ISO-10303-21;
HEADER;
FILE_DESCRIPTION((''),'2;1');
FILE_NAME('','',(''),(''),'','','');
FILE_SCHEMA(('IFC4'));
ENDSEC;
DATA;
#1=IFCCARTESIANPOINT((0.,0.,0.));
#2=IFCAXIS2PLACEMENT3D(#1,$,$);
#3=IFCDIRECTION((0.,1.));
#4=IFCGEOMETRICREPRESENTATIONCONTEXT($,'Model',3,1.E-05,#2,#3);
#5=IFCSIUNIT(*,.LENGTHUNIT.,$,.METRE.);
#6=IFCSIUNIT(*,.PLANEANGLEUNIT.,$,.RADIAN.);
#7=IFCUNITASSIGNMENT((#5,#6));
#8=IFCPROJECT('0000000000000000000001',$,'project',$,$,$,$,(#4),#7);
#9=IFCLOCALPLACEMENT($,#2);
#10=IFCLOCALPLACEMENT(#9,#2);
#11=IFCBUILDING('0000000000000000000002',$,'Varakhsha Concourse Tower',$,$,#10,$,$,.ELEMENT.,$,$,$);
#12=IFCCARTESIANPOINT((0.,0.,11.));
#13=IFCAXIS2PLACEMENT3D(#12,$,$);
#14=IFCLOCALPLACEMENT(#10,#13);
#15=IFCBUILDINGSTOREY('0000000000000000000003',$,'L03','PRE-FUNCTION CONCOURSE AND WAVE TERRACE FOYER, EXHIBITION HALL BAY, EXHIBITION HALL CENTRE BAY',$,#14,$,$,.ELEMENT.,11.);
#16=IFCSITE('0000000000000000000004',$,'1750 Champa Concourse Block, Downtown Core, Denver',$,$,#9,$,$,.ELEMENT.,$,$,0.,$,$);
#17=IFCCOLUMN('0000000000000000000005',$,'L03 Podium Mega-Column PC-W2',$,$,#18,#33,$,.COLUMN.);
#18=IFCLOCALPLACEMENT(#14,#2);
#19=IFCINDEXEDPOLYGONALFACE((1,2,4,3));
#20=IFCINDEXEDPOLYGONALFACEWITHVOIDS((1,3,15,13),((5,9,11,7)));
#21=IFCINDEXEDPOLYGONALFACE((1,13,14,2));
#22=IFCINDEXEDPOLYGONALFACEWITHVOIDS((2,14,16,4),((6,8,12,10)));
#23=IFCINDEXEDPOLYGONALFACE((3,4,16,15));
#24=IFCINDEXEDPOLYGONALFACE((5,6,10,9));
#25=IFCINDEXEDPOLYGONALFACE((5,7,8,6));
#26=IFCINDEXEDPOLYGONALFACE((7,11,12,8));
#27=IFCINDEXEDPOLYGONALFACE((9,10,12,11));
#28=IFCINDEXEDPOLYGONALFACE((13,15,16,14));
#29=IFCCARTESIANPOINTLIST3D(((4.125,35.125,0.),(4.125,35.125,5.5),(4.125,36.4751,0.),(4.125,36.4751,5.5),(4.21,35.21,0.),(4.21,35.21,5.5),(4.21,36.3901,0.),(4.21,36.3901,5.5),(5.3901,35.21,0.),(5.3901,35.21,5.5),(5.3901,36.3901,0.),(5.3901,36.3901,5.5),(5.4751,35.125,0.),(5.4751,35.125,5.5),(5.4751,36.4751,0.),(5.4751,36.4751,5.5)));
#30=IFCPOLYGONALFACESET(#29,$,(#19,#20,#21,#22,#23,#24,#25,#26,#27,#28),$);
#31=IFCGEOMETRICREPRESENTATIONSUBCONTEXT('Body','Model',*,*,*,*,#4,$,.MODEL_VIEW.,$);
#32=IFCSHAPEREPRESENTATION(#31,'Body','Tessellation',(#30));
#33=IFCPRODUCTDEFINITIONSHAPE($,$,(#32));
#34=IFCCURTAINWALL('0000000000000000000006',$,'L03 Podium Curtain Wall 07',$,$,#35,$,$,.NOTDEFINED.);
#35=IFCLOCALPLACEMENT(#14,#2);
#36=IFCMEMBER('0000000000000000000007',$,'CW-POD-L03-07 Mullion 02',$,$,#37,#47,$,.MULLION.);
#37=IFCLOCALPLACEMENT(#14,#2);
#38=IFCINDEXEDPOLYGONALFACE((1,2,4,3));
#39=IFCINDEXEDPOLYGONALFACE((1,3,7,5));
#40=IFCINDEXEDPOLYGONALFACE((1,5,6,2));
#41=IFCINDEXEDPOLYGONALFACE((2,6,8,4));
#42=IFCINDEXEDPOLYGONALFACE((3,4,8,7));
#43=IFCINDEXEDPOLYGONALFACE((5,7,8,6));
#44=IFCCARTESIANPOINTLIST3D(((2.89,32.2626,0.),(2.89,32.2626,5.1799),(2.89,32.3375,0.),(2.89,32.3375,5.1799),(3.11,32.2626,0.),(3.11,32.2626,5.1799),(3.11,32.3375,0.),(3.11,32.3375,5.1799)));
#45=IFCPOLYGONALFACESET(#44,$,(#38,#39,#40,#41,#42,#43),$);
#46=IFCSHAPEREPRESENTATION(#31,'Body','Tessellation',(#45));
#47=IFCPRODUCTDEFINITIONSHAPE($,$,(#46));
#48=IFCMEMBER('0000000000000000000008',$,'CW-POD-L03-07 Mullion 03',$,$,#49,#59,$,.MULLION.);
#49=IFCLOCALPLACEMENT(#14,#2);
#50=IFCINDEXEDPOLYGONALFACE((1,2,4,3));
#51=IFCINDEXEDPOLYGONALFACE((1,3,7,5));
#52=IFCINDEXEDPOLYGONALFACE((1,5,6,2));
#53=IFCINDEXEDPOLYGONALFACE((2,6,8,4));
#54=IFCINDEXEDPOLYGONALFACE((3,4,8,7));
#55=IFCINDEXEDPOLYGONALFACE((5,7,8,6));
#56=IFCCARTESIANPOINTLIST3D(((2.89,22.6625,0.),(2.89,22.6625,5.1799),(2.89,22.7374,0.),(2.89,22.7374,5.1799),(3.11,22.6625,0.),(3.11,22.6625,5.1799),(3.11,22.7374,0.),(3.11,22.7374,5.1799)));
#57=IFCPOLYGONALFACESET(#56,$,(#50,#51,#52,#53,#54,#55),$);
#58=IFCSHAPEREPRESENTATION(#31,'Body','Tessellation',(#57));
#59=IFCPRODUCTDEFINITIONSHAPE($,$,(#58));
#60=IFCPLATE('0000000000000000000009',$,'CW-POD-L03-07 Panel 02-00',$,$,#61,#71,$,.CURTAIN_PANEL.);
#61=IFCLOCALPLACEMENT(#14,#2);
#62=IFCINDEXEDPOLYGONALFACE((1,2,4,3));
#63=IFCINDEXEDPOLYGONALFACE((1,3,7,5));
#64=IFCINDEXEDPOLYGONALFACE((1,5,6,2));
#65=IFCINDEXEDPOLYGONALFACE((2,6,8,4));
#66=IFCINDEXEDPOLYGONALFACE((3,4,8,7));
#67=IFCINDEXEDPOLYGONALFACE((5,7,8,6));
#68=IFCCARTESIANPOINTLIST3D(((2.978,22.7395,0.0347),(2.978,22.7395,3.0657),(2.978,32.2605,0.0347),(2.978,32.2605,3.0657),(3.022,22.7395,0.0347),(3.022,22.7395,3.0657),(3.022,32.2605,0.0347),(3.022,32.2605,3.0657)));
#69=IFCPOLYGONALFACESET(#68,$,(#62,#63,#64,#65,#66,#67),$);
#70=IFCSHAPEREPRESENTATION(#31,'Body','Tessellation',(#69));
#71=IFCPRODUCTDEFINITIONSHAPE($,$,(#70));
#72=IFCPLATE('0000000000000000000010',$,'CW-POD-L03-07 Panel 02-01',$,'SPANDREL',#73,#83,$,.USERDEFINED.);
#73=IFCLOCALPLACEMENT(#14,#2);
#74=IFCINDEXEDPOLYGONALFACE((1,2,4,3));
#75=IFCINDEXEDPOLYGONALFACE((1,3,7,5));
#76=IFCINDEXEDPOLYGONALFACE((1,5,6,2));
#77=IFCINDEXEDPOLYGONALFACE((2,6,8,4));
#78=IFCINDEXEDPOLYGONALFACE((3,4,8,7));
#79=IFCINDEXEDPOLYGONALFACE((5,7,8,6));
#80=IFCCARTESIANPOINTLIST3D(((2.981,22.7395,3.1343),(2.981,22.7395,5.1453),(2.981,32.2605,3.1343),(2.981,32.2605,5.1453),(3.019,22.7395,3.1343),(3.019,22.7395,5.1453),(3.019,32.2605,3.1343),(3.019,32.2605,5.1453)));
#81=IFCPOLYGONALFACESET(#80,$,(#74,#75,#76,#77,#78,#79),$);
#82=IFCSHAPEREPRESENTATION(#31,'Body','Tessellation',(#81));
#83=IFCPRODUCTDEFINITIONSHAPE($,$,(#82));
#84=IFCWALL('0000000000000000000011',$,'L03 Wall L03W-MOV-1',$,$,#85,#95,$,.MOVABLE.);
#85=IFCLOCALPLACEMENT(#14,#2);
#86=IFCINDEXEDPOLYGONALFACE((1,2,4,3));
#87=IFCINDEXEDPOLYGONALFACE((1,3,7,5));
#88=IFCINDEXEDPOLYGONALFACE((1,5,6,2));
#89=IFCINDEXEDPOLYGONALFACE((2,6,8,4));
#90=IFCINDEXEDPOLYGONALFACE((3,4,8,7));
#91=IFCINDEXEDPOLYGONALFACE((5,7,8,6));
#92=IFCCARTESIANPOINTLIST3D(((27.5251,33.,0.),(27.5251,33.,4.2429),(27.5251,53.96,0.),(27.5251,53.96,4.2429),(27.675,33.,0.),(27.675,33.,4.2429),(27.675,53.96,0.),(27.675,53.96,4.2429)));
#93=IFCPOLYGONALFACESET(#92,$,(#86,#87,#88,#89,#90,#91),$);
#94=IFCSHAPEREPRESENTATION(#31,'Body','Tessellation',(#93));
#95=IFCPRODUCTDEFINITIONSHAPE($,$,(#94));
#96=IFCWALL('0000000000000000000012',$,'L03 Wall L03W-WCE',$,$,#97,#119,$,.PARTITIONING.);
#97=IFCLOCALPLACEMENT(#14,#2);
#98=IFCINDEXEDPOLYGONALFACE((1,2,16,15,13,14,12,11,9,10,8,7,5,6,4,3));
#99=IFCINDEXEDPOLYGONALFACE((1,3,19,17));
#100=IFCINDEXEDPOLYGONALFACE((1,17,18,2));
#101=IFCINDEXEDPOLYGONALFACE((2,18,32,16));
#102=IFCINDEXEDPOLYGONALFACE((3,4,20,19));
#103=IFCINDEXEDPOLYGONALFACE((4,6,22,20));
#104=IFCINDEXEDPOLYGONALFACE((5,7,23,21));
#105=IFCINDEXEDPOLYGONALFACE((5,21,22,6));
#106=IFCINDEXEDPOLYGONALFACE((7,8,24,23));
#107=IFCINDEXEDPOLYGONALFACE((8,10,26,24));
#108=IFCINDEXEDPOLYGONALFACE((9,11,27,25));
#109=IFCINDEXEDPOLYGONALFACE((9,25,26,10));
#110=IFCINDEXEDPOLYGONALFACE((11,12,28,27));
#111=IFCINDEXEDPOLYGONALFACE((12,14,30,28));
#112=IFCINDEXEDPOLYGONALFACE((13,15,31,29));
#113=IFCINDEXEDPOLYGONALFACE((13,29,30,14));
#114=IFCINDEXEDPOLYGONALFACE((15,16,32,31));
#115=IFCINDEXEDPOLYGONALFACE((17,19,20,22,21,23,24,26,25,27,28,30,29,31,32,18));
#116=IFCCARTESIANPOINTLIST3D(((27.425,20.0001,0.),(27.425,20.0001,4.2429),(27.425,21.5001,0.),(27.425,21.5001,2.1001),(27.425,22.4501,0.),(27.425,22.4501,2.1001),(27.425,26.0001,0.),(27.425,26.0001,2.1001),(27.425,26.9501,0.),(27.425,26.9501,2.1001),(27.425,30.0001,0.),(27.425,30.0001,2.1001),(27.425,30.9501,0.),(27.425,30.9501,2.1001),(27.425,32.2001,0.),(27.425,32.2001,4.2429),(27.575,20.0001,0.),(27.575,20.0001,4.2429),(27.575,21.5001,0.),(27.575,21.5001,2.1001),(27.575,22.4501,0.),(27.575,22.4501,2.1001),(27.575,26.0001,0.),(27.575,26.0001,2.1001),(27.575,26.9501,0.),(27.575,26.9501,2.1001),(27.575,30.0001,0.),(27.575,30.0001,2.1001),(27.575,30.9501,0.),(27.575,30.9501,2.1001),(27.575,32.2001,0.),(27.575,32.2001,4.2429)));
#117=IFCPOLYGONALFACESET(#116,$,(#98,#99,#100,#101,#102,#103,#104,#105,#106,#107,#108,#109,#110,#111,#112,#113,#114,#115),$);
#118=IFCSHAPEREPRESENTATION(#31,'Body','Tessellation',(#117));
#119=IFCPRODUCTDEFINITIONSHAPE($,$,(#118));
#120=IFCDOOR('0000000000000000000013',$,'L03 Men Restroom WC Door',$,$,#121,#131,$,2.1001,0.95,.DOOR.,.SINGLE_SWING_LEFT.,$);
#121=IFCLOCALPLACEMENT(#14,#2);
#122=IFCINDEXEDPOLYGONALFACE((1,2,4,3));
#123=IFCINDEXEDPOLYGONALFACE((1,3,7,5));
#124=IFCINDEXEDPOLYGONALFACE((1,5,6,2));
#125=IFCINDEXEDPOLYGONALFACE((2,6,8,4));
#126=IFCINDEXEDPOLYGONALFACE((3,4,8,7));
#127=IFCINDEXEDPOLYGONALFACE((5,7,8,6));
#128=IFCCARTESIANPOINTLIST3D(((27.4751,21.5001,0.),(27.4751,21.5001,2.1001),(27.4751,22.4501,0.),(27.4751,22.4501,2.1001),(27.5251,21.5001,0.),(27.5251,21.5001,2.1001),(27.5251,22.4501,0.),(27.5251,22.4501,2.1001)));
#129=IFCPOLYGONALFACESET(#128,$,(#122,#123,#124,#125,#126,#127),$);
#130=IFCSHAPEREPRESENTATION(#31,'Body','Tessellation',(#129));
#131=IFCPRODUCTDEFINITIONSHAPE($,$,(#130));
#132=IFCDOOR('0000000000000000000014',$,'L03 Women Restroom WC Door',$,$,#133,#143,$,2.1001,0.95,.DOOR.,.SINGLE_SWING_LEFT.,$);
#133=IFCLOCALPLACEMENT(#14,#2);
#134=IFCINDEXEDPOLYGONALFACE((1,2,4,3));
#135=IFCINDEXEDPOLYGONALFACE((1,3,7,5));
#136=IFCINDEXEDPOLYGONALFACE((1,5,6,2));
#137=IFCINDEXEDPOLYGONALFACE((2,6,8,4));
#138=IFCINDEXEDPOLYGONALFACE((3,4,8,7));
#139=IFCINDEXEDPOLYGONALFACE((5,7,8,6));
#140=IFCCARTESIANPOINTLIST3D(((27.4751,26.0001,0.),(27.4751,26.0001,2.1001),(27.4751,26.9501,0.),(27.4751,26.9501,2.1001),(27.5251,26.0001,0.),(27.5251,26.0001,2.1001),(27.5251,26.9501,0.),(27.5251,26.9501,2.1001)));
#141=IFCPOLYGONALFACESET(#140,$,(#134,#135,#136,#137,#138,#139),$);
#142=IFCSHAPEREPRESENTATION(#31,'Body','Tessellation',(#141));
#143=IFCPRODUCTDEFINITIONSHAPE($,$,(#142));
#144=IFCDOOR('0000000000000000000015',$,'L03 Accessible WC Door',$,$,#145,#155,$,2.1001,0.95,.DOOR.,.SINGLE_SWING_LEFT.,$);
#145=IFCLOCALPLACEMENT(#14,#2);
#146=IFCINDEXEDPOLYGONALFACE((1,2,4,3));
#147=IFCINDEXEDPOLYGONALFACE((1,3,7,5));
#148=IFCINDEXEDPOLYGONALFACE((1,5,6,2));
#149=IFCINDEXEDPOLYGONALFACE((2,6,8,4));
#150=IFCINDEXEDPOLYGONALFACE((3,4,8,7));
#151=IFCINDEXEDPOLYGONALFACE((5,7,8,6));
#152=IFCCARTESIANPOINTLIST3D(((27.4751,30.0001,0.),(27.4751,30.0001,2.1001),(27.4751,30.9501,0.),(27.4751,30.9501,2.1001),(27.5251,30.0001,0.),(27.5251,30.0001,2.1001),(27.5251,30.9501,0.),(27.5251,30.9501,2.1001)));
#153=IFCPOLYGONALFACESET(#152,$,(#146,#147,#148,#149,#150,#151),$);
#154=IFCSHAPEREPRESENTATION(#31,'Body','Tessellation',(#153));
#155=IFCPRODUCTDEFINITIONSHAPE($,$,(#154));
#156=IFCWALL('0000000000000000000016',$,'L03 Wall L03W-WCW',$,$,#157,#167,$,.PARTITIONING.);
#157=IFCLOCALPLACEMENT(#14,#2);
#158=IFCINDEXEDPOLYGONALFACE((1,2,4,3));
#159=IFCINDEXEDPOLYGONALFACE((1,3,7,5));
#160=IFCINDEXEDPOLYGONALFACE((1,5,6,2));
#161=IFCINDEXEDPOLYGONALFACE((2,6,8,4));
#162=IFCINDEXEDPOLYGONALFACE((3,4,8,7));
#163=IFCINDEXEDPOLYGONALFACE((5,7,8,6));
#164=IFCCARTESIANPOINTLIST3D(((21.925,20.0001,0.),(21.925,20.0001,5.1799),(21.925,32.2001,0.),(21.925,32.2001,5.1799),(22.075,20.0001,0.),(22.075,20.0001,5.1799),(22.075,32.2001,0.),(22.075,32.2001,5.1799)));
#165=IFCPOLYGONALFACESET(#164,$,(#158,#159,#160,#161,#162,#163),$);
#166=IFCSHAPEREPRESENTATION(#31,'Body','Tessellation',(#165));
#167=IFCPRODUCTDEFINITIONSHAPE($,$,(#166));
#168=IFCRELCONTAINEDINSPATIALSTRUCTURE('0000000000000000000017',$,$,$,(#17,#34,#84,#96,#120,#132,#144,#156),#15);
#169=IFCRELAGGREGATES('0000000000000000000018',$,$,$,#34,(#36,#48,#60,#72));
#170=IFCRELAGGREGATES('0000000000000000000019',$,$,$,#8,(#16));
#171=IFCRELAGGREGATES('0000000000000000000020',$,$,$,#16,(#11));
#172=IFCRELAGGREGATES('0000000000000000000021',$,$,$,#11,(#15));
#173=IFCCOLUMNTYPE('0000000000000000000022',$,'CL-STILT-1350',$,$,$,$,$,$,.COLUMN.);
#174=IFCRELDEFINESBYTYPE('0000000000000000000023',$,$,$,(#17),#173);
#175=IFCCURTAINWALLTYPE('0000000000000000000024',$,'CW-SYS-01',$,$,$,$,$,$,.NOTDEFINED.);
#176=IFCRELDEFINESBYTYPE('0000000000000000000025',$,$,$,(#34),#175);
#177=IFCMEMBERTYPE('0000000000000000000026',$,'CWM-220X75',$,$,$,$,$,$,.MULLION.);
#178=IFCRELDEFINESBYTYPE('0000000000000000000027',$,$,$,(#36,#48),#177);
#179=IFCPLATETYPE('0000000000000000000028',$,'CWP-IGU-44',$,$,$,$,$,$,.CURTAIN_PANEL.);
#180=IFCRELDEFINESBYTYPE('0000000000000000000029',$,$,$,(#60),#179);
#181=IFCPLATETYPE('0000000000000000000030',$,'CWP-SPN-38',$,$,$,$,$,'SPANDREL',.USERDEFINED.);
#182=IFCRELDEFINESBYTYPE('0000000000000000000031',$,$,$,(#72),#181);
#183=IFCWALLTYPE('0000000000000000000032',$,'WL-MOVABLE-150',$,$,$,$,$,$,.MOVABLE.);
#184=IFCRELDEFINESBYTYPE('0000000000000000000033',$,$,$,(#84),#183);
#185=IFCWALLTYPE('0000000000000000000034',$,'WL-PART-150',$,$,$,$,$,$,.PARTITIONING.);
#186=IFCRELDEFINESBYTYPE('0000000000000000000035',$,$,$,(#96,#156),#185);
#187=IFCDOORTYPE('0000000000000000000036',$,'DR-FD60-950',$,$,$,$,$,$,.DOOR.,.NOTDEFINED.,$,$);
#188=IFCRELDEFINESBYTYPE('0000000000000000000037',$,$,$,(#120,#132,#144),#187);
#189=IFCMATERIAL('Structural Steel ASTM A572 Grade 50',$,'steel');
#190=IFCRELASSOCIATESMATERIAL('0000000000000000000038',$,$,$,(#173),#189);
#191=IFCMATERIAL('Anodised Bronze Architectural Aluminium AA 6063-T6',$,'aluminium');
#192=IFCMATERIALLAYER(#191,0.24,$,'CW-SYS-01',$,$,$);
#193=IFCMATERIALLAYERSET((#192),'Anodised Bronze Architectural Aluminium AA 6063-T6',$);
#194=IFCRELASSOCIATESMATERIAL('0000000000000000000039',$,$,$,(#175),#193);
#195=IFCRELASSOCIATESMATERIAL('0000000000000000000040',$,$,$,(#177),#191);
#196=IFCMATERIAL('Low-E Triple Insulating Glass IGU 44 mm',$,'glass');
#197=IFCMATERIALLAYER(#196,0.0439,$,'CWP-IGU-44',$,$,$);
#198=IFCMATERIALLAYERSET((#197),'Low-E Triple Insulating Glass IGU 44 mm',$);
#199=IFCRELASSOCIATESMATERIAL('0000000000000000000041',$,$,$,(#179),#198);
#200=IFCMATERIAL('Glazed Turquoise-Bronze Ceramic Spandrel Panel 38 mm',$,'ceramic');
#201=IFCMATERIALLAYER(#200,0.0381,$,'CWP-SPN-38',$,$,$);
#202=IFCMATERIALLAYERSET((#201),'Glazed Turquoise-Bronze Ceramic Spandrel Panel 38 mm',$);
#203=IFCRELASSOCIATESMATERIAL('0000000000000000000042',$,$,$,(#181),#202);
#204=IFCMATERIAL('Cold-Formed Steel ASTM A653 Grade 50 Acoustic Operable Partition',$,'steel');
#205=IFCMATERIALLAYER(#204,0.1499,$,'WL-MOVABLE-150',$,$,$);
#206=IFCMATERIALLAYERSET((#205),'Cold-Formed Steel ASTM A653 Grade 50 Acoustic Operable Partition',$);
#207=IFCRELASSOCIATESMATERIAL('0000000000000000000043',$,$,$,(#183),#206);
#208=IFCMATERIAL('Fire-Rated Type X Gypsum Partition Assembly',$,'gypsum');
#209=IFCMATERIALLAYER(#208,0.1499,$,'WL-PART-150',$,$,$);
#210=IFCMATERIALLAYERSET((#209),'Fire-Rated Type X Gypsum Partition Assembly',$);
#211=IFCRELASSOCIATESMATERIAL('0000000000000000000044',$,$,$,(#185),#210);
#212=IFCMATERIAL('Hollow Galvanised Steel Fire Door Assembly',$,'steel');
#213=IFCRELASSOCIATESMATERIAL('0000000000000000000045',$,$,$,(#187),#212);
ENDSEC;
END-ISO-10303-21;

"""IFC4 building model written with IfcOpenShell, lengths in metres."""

from ifc_helpers import new_model, si_unit, direction, frame, frame_2d, origin, origin_2d, place, context, subcontext, project, spatial, rectangle, hollow_rectangle, extrude, source, transform, mapped, material, layer, layer_set, material_profile, profile_set, type_object, type_shapes, element, fill, aggregate, save


model = new_model("IFC4")

# Units and contexts
model_context = context("Model", 3, precision=1e-05, world=origin(), true_north=direction((0.0, 1.0)))
body_context = subcontext(model_context, "Body", "Model", "MODEL_VIEW")
ifc_project = project(units=[si_unit("LENGTHUNIT", "METRE"), si_unit("PLANEANGLEUNIT", "RADIAN")], contexts=[model_context])

# Site, building, storey
site_placement = place(None, origin())
site = spatial("IfcSite", under=ifc_project, at=site_placement, Name="1750 Champa Concourse Block, Downtown Core, Denver", CompositionType="ELEMENT", RefElevation=0.0)
building_placement = place(site_placement, origin())
building = spatial("IfcBuilding", under=site, at=building_placement, Name="Varakhsha Concourse Tower", CompositionType="ELEMENT")
storey_placement = place(building_placement, frame((0.0, 0.0, 11.0)))
storey = spatial("IfcBuildingStorey", under=building, at=storey_placement, Name="L03", Description="PRE-FUNCTION CONCOURSE AND WAVE TERRACE FOYER, EXHIBITION HALL BAY, EXHIBITION HALL CENTRE BAY", CompositionType="ELEMENT", Elevation=11.0)

# Column
ifc_material_1 = material(Name="Structural Steel ASTM A572 Grade 50", Category="steel")
ifc_material_profile_1 = material_profile(ifc_material_1, hollow_rectangle(XDim=1.3501, YDim=1.3501, WallThickness=0.085, at=origin_2d()), Name="BOX 1350x1350x85")
ifc_profile_set_1 = profile_set([ifc_material_profile_1], Name="Structural Steel ASTM A572 Grade 50")
column_type = type_object("IfcColumnType", Name="CL-STILT-1350", PredefinedType="COLUMN", material=ifc_profile_set_1)
column_placement = place(storey_placement, frame((4.8, 35.8, 0.0), z_axis=(0.0, 0.0, 1.0), x_axis=(1.0, 0.0, 0.0)))
element("IfcColumn", 1, at=column_placement, inside=storey, type_object=column_type, Name="L03 Podium Mega-Column PC-W2", PredefinedType="COLUMN", context=body_context, shape_type="SweptSolid", body=[
    extrude(hollow_rectangle(XDim=1.3501, YDim=1.3501, WallThickness=0.085, at=origin_2d()), origin(), (0.0, 0.0, 1.0), 5.5),
])

# Curtain wall, members, plates
ifc_material_2 = material(Name="Anodised Bronze Architectural Aluminium AA 6063-T6", Category="aluminium")
ifc_layer_1 = layer(ifc_material_2, 0.24, Name="CW-SYS-01")
ifc_layer_set_1 = layer_set([ifc_layer_1], Name="Anodised Bronze Architectural Aluminium AA 6063-T6")
curtain_wall_type = type_object("IfcCurtainWallType", Name="CW-SYS-01", PredefinedType="NOTDEFINED", material=ifc_layer_set_1)
curtain_wall_placement = place(storey_placement, origin())
curtain_wall = element("IfcCurtainWall", 2, at=curtain_wall_placement, inside=storey, type_object=curtain_wall_type, Name="L03 Podium Curtain Wall 07", PredefinedType="NOTDEFINED")
ifc_material_profile_2 = material_profile(ifc_material_2, rectangle(XDim=0.075, YDim=0.22, at=origin_2d()), Name="CWM-220X75")
ifc_profile_set_2 = profile_set([ifc_material_profile_2], Name="Anodised Bronze Architectural Aluminium AA 6063-T6")
member_type = type_object("IfcMemberType", Name="CWM-220X75", PredefinedType="MULLION", material=ifc_profile_set_2)
shared_shape_1 = source(origin(), body_context, "Body", "SweptSolid", [
    extrude(rectangle(XDim=0.075, YDim=0.22, at=origin_2d()), origin(), (0.0, 0.0, 1.0), 5.1799),
])
type_shapes(member_type, [shared_shape_1])
member_1_placement = place(storey_placement, frame((3.0, 32.3, 0.0), z_axis=(0.0, 0.0, 1.0), x_axis=(0.0, -1.0, 0.0)))
member_1 = element("IfcMember", 3, at=member_1_placement, type_object=member_type, Name="CW-POD-L03-07 Mullion 02", PredefinedType="MULLION", context=body_context, shape_type="MappedRepresentation", body=[
    mapped(shared_shape_1, transform((0.0, 0.0, 0.0), scale=1.0)),
])
member_2_placement = place(storey_placement, frame((3.0, 22.7, 0.0), z_axis=(0.0, 0.0, 1.0), x_axis=(0.0, -1.0, 0.0)))
member_2 = element("IfcMember", 4, at=member_2_placement, type_object=member_type, Name="CW-POD-L03-07 Mullion 03", PredefinedType="MULLION", context=body_context, shape_type="MappedRepresentation", body=[
    mapped(shared_shape_1, transform((0.0, 0.0, 0.0), scale=1.0)),
])
ifc_material_3 = material(Name="Low-E Triple Insulating Glass IGU 44 mm", Category="glass")
ifc_layer_2 = layer(ifc_material_3, 0.0439, Name="CWP-IGU-44")
ifc_layer_set_2 = layer_set([ifc_layer_2], Name="Low-E Triple Insulating Glass IGU 44 mm")
plate_type_1 = type_object("IfcPlateType", Name="CWP-IGU-44", PredefinedType="CURTAIN_PANEL", material=ifc_layer_set_2)
shared_shape_2 = source(origin(), body_context, "Body", "SweptSolid", [
    extrude(rectangle(XDim=9.521, YDim=0.0439, at=origin_2d()), origin(), (0.0, 0.0, 1.0), 3.031),
])
type_shapes(plate_type_1, [shared_shape_2])
plate_1_placement = place(storey_placement, frame((3.0, 27.5, 0.0347), z_axis=(0.0, 0.0, 1.0), x_axis=(0.0, -1.0, 0.0)))
plate_1 = element("IfcPlate", 5, at=plate_1_placement, type_object=plate_type_1, Name="CW-POD-L03-07 Panel 02-00", PredefinedType="CURTAIN_PANEL", context=body_context, shape_type="MappedRepresentation", body=[
    mapped(shared_shape_2, transform((0.0, 0.0, 0.0), scale=1.0)),
])
ifc_material_4 = material(Name="Glazed Turquoise-Bronze Ceramic Spandrel Panel 38 mm", Category="ceramic")
ifc_layer_3 = layer(ifc_material_4, 0.0381, Name="CWP-SPN-38")
ifc_layer_set_3 = layer_set([ifc_layer_3], Name="Glazed Turquoise-Bronze Ceramic Spandrel Panel 38 mm")
plate_type_2 = type_object("IfcPlateType", Name="CWP-SPN-38", ElementType="SPANDREL", PredefinedType="USERDEFINED", material=ifc_layer_set_3)
shared_shape_3 = source(origin(), body_context, "Body", "SweptSolid", [
    extrude(rectangle(XDim=9.521, YDim=0.0381, at=origin_2d()), origin(), (0.0, 0.0, 1.0), 2.011),
])
type_shapes(plate_type_2, [shared_shape_3])
plate_2_placement = place(storey_placement, frame((3.0, 27.5, 3.1343), z_axis=(0.0, 0.0, 1.0), x_axis=(0.0, -1.0, 0.0)))
plate_2 = element("IfcPlate", 6, at=plate_2_placement, type_object=plate_type_2, Name="CW-POD-L03-07 Panel 02-01", ObjectType="SPANDREL", PredefinedType="USERDEFINED", context=body_context, shape_type="MappedRepresentation", body=[
    mapped(shared_shape_3, transform((0.0, 0.0, 0.0), scale=1.0)),
])
aggregate(curtain_wall, [member_1, member_2, plate_1, plate_2])

# Wall
ifc_material_5 = material(Name="Cold-Formed Steel ASTM A653 Grade 50 Acoustic Operable Partition", Category="steel")
ifc_layer_4 = layer(ifc_material_5, 0.1499, Name="WL-MOVABLE-150")
ifc_layer_set_4 = layer_set([ifc_layer_4], Name="Cold-Formed Steel ASTM A653 Grade 50 Acoustic Operable Partition")
wall_type_1 = type_object("IfcWallType", Name="WL-MOVABLE-150", PredefinedType="MOVABLE", material=ifc_layer_set_4)
wall_1_placement = place(storey_placement, frame((27.6001, 33.0, 0.0), z_axis=(0.0, 0.0, 1.0), x_axis=(0.0, 1.0, 0.0)))
element("IfcWall", 7, at=wall_1_placement, inside=storey, type_object=wall_type_1, Name="L03 Wall L03W-MOV-1", PredefinedType="MOVABLE", context=body_context, shape_type="SweptSolid", body=[
    extrude(rectangle(XDim=20.96, YDim=0.1499, at=frame_2d((10.48, 0.0))), origin(), (0.0, 0.0, 1.0), 4.2429),
])

# Wall, openings, doors
ifc_material_6 = material(Name="Fire-Rated Type X Gypsum Partition Assembly", Category="gypsum")
ifc_layer_5 = layer(ifc_material_6, 0.1499, Name="WL-PART-150")
ifc_layer_set_5 = layer_set([ifc_layer_5], Name="Fire-Rated Type X Gypsum Partition Assembly")
wall_type_2 = type_object("IfcWallType", Name="WL-PART-150", PredefinedType="PARTITIONING", material=ifc_layer_set_5)
wall_2_placement = place(storey_placement, frame((27.5, 20.0, 0.0), z_axis=(0.0, 0.0, 1.0), x_axis=(0.0, 1.0, 0.0)))
wall_2 = element("IfcWall", 8, at=wall_2_placement, inside=storey, type_object=wall_type_2, Name="L03 Wall L03W-WCE", PredefinedType="PARTITIONING", context=body_context, shape_type="SweptSolid", body=[
    extrude(rectangle(XDim=12.2, YDim=0.1499, at=frame_2d((6.1001, 0.0))), origin(), (0.0, 0.0, 1.0), 4.2429),
])
opening_1_placement = place(wall_2_placement, frame((1.5, 0.0, 0.0)))
opening_1 = element("IfcOpeningElement", 9, at=opening_1_placement, cuts=wall_2, PredefinedType="OPENING", context=body_context, shape_type="SweptSolid", body=[
    extrude(rectangle(XDim=0.95, YDim=2.1001, at=frame_2d((0.4751, 1.05))), frame((0.0, 0.085, 0.0), z_axis=(0.0, -1.0, 0.0), x_axis=(1.0, 0.0, 0.0)), (0.0, 0.0, 1.0), 0.1699),
])
opening_2_placement = place(wall_2_placement, frame((6.0, 0.0, 0.0)))
opening_2 = element("IfcOpeningElement", 10, at=opening_2_placement, cuts=wall_2, PredefinedType="OPENING", context=body_context, shape_type="SweptSolid", body=[
    extrude(rectangle(XDim=0.95, YDim=2.1001, at=frame_2d((0.4751, 1.05))), frame((0.0, 0.085, 0.0), z_axis=(0.0, -1.0, 0.0), x_axis=(1.0, 0.0, 0.0)), (0.0, 0.0, 1.0), 0.1699),
])
opening_3_placement = place(wall_2_placement, frame((10.0, 0.0, 0.0)))
opening_3 = element("IfcOpeningElement", 11, at=opening_3_placement, cuts=wall_2, PredefinedType="OPENING", context=body_context, shape_type="SweptSolid", body=[
    extrude(rectangle(XDim=0.95, YDim=2.1001, at=frame_2d((0.4751, 1.05))), frame((0.0, 0.085, 0.0), z_axis=(0.0, -1.0, 0.0), x_axis=(1.0, 0.0, 0.0)), (0.0, 0.0, 1.0), 0.1699),
])
ifc_material_7 = material(Name="Hollow Galvanised Steel Fire Door Assembly", Category="steel")
door_type_1 = type_object("IfcDoorType", Name="DR-FD60-950", OperationType="NOTDEFINED", PredefinedType="DOOR", material=ifc_material_7)
door_1_placement = place(opening_1_placement, origin())
door_1 = element("IfcDoor", 12, at=door_1_placement, inside=storey, type_object=door_type_1, Name="L03 Men Restroom WC Door", OperationType="SINGLE_SWING_LEFT", OverallHeight=2.1001, OverallWidth=0.95, PredefinedType="DOOR", context=body_context, shape_type="SweptSolid", body=[
    extrude(rectangle(XDim=0.95, YDim=2.1001, at=frame_2d((0.4751, 1.05))), frame((0.0, 0.0249, 0.0), z_axis=(0.0, -1.0, 0.0), x_axis=(1.0, 0.0, 0.0)), (0.0, 0.0, 1.0), 0.05),
])
fill(opening_1, door_1)
door_2_placement = place(opening_2_placement, origin())
door_2 = element("IfcDoor", 13, at=door_2_placement, inside=storey, type_object=door_type_1, Name="L03 Women Restroom WC Door", OperationType="SINGLE_SWING_LEFT", OverallHeight=2.1001, OverallWidth=0.95, PredefinedType="DOOR", context=body_context, shape_type="SweptSolid", body=[
    extrude(rectangle(XDim=0.95, YDim=2.1001, at=frame_2d((0.4751, 1.05))), frame((0.0, 0.0249, 0.0), z_axis=(0.0, -1.0, 0.0), x_axis=(1.0, 0.0, 0.0)), (0.0, 0.0, 1.0), 0.05),
])
fill(opening_2, door_2)
door_3_placement = place(opening_3_placement, origin())
door_3 = element("IfcDoor", 14, at=door_3_placement, inside=storey, type_object=door_type_1, Name="L03 Accessible WC Door", OperationType="SINGLE_SWING_LEFT", OverallHeight=2.1001, OverallWidth=0.95, PredefinedType="DOOR", context=body_context, shape_type="SweptSolid", body=[
    extrude(rectangle(XDim=0.95, YDim=2.1001, at=frame_2d((0.4751, 1.05))), frame((0.0, 0.0249, 0.0), z_axis=(0.0, -1.0, 0.0), x_axis=(1.0, 0.0, 0.0)), (0.0, 0.0, 1.0), 0.05),
])
fill(opening_3, door_3)

# Wall
wall_3_placement = place(storey_placement, frame((22.0, 20.0, 0.0), z_axis=(0.0, 0.0, 1.0), x_axis=(0.0, 1.0, 0.0)))
element("IfcWall", 15, at=wall_3_placement, inside=storey, type_object=wall_type_2, Name="L03 Wall L03W-WCW", PredefinedType="PARTITIONING", context=body_context, shape_type="SweptSolid", body=[
    extrude(rectangle(XDim=12.2, YDim=0.1499, at=frame_2d((6.1001, 0.0))), origin(), (0.0, 0.0, 1.0), 5.1799),
])

save(model, "model.ifc")
